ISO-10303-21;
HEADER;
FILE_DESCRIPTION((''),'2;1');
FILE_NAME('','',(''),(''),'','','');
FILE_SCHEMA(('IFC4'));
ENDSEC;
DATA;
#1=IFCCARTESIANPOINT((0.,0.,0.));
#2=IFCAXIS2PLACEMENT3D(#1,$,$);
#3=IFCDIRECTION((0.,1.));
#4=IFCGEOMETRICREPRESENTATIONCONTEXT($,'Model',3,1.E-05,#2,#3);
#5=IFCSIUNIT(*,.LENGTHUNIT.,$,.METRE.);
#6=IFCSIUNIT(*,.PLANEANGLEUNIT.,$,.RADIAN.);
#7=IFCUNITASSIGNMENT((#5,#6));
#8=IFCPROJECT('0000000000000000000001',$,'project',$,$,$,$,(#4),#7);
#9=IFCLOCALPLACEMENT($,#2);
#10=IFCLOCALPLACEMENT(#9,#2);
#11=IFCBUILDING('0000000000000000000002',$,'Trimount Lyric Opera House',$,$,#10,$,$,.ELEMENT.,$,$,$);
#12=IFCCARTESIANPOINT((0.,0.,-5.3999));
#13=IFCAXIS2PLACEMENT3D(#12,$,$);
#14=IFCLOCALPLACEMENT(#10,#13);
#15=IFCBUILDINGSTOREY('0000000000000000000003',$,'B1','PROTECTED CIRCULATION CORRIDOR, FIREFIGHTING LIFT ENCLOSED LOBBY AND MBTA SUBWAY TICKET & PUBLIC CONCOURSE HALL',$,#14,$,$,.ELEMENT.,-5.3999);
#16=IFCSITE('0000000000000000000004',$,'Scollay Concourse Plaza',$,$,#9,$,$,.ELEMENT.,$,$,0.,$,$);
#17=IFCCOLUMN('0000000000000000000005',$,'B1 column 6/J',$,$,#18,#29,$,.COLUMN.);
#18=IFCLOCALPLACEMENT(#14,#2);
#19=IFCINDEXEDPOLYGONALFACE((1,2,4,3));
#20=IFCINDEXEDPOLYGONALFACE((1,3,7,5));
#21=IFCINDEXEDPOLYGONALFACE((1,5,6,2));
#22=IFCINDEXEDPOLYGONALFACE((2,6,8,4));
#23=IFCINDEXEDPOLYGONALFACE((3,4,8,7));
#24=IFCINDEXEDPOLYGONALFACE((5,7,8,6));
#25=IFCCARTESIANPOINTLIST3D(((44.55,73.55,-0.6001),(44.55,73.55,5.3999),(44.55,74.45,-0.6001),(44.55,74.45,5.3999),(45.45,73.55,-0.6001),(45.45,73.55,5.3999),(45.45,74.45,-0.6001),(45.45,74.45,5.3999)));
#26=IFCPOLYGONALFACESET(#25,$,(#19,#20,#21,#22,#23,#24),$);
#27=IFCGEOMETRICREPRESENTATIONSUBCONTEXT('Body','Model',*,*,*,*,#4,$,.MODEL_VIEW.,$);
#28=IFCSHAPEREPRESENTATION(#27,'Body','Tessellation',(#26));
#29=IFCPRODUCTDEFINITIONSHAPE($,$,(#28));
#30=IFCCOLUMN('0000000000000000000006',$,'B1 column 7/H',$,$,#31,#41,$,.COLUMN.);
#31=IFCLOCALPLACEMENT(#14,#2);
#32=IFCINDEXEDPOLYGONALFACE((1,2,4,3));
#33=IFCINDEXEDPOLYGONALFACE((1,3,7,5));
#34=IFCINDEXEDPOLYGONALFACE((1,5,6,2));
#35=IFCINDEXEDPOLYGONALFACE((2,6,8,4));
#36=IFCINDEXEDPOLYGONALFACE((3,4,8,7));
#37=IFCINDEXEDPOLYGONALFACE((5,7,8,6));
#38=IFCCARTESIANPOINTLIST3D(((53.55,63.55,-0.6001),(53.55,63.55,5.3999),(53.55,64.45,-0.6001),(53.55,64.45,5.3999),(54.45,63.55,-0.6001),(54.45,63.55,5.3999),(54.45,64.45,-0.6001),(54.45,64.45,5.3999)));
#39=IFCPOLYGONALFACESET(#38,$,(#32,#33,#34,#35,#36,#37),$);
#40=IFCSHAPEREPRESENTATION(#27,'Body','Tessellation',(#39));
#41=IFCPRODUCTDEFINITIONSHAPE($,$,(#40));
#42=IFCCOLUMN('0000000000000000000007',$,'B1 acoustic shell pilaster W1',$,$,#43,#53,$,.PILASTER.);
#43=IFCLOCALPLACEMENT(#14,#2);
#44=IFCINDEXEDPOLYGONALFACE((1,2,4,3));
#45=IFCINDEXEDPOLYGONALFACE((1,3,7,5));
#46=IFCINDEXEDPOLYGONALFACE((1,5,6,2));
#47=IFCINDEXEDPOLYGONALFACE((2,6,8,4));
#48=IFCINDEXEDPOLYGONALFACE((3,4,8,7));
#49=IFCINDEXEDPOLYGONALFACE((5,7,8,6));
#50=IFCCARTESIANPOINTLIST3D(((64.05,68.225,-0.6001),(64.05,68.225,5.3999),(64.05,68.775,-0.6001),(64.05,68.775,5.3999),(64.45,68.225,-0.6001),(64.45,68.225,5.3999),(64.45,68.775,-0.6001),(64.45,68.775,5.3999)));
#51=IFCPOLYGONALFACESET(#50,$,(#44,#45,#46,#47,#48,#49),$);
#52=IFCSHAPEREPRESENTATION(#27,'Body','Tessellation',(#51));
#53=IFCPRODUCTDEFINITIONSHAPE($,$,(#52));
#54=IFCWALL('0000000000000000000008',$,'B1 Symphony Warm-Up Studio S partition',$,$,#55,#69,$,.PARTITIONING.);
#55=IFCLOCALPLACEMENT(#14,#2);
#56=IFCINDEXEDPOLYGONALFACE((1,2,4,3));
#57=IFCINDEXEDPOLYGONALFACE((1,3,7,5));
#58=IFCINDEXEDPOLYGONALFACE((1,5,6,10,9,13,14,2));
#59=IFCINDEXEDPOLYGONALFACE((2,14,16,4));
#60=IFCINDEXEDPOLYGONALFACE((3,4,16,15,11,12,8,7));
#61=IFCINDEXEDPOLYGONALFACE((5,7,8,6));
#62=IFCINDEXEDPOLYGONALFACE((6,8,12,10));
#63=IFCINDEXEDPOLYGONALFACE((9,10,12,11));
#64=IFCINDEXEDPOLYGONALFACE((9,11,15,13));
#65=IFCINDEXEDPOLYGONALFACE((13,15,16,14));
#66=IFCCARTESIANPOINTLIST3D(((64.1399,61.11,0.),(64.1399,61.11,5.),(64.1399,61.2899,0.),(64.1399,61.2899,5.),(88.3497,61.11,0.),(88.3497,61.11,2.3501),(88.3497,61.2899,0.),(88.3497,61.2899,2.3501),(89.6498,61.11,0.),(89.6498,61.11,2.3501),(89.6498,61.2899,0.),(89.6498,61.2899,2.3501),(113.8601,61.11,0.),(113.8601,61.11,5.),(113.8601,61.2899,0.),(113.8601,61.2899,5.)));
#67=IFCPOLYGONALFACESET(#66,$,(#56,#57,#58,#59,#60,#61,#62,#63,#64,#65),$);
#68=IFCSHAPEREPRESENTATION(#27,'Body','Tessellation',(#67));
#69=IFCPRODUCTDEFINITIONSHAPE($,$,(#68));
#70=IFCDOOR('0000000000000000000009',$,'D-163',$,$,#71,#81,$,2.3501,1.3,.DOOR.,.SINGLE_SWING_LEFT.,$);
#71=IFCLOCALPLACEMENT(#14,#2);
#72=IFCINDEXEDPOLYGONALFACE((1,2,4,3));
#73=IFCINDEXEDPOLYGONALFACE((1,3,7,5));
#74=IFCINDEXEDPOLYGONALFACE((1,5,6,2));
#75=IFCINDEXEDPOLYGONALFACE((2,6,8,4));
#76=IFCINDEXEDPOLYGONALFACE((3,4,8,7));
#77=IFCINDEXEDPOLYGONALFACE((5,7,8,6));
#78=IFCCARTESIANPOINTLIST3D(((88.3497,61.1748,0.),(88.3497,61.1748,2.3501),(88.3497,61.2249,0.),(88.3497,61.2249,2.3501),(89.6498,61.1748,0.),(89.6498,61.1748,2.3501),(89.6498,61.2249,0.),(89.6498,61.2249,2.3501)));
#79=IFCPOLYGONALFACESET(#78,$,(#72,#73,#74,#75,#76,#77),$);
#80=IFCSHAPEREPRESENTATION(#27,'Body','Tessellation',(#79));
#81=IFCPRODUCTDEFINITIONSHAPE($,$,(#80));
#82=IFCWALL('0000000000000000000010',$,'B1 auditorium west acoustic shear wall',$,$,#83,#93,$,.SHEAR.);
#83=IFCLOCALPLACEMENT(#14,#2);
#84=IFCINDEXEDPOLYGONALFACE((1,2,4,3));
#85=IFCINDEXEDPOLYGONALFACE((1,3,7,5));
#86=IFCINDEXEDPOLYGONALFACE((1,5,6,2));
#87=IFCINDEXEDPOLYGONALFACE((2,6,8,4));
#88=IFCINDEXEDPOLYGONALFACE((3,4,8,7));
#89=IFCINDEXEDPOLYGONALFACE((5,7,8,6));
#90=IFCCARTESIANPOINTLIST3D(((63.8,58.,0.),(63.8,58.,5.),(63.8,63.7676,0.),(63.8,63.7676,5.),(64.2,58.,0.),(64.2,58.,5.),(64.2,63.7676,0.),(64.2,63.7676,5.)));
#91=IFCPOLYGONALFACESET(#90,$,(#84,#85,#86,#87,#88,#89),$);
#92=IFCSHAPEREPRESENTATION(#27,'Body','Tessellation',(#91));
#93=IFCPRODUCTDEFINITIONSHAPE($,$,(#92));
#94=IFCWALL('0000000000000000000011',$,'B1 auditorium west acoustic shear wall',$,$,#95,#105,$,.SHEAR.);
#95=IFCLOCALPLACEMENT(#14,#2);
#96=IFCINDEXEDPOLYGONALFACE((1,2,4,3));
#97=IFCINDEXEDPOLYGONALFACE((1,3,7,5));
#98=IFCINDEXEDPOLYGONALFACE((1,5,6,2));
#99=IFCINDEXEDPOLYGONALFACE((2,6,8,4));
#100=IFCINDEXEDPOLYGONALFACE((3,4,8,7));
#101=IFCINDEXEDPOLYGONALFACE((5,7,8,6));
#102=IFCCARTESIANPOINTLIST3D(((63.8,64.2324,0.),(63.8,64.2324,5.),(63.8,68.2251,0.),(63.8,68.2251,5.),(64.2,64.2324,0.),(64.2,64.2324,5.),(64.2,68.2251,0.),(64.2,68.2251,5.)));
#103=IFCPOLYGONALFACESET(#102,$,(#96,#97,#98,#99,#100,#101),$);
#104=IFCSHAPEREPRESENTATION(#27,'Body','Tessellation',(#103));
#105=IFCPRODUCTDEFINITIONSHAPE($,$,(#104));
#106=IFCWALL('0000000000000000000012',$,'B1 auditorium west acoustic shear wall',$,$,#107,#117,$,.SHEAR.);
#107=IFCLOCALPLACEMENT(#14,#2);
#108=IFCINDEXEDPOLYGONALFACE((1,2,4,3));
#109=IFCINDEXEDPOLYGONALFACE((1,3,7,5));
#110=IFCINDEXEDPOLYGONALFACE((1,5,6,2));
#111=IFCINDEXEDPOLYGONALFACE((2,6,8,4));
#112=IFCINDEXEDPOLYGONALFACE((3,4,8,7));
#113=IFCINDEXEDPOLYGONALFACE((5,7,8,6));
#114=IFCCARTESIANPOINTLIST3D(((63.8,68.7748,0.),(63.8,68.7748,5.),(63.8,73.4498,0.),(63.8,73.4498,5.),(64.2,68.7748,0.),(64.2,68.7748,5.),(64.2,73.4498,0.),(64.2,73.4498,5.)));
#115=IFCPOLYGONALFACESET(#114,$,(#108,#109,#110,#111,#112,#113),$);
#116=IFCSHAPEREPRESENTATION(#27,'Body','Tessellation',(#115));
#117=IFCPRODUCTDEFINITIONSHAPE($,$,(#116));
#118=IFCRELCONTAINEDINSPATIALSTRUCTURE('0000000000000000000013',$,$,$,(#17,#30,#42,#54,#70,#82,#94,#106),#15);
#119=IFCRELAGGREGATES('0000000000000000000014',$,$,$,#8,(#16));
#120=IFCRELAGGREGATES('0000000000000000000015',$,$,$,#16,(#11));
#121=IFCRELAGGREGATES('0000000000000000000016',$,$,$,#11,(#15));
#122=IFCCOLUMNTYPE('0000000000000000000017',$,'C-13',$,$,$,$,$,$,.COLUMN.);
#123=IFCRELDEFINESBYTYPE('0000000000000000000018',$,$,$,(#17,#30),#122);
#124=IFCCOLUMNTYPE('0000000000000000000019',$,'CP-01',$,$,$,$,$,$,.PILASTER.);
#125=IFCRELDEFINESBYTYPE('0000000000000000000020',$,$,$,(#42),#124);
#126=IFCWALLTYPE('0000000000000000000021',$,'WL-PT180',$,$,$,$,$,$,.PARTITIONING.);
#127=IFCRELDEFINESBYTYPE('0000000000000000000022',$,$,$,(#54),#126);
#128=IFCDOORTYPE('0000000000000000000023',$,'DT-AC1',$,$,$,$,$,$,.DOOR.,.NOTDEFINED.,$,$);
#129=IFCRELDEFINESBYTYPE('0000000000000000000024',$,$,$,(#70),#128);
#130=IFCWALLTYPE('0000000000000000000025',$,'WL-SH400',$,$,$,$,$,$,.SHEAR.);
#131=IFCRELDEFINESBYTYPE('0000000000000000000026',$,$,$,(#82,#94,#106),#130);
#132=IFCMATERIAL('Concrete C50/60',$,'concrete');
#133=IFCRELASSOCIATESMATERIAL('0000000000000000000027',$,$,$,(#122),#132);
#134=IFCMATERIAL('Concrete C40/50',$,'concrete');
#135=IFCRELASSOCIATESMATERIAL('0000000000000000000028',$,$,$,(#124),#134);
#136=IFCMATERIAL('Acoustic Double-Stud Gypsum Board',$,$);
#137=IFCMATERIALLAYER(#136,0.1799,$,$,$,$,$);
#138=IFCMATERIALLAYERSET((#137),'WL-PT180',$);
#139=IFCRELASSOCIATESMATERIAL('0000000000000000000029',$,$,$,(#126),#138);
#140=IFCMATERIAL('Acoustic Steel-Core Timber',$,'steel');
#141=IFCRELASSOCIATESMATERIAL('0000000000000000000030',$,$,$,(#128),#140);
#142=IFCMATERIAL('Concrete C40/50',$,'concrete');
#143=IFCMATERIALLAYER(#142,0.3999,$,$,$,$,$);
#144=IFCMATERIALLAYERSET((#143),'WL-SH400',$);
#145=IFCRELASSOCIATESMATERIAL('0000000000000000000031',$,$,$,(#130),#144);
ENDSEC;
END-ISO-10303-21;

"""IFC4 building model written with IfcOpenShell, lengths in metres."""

from ifc_helpers import new_model, si_unit, direction, frame, frame_2d, origin, origin_2d, place, context, subcontext, project, spatial, rectangle, extrude, material, layer, layer_set, material_profile, profile_set, type_object, element, fill, save


model = new_model("IFC4")

# Units and contexts
model_context = context("Model", 3, precision=1e-05, world=origin(), true_north=direction((0.0, 1.0)))
body_context = subcontext(model_context, "Body", "Model", "MODEL_VIEW")
ifc_project = project(units=[si_unit("LENGTHUNIT", "METRE"), si_unit("PLANEANGLEUNIT", "RADIAN")], contexts=[model_context])

# Site, building, storey
site_placement = place(None, origin())
site = spatial("IfcSite", under=ifc_project, at=site_placement, Name="Scollay Concourse Plaza", CompositionType="ELEMENT", RefElevation=0.0)
building_placement = place(site_placement, origin())
building = spatial("IfcBuilding", under=site, at=building_placement, Name="Trimount Lyric Opera House", CompositionType="ELEMENT")
storey_placement = place(building_placement, frame((0.0, 0.0, -5.3999)))
storey = spatial("IfcBuildingStorey", under=building, at=storey_placement, Name="B1", Description="PROTECTED CIRCULATION CORRIDOR, FIREFIGHTING LIFT ENCLOSED LOBBY AND MBTA SUBWAY TICKET & PUBLIC CONCOURSE HALL", CompositionType="ELEMENT", Elevation=-5.3999)

# Columns
ifc_material_1 = material(Name="Concrete C50/60", Category="concrete")
ifc_material_profile_1 = material_profile(ifc_material_1, rectangle(XDim=0.8999, YDim=0.8999, at=origin_2d()), Name="RC900X900")
ifc_profile_set_1 = profile_set([ifc_material_profile_1], Name="Concrete C50/60")
column_type_1 = type_object("IfcColumnType", Name="C-13", PredefinedType="COLUMN", material=ifc_profile_set_1)
for number, where, z_axis, x_axis, name in (
    (1, (45.0, 74.0, -0.6001), (0.0, 0.0, 1.0), (1.0, 0.0, 0.0), "B1 column 6/J"),
    (2, (54.0, 64.0, -0.6001), (0.0, 0.0, 1.0), (1.0, 0.0, 0.0), "B1 column 7/H"),
):
    element("IfcColumn", number, at=place(storey_placement, frame(where, z_axis=z_axis, x_axis=x_axis)), inside=storey, type_object=column_type_1, Name=name, PredefinedType="COLUMN", context=body_context, shape_type="SweptSolid", body=[
        extrude(rectangle(XDim=0.8999, YDim=0.8999, at=origin_2d()), origin(), (0.0, 0.0, 1.0), 6.0),
    ])
ifc_material_2 = material(Name="Concrete C40/50", Category="concrete")
ifc_material_profile_2 = material_profile(ifc_material_2, rectangle(XDim=0.3999, YDim=0.55, at=origin_2d()), Name="RC550X400")
ifc_profile_set_2 = profile_set([ifc_material_profile_2], Name="Concrete C40/50")
column_type_2 = type_object("IfcColumnType", Name="CP-01", PredefinedType="PILASTER", material=ifc_profile_set_2)
column_1_placement = place(storey_placement, frame((64.25, 68.5, -0.6001), z_axis=(0.0, 0.0, 1.0), x_axis=(1.0, 0.0, 0.0)))
element("IfcColumn", 3, at=column_1_placement, inside=storey, type_object=column_type_2, Name="B1 acoustic shell pilaster W1", PredefinedType="PILASTER", context=body_context, shape_type="SweptSolid", body=[
    extrude(rectangle(XDim=0.3999, YDim=0.55, at=origin_2d()), origin(), (0.0, 0.0, 1.0), 6.0),
])

# Wall, opening, door
ifc_material_3 = material(Name="Acoustic Double-Stud Gypsum Board")
ifc_layer_1 = layer(ifc_material_3, 0.1799)
ifc_layer_set_1 = layer_set([ifc_layer_1], Name="WL-PT180")
wall_type_1 = type_object("IfcWallType", Name="WL-PT180", PredefinedType="PARTITIONING", material=ifc_layer_set_1)
wall_1_placement = place(storey_placement, frame((64.1399, 61.2, 0.0), z_axis=(0.0, 0.0, 1.0), x_axis=(1.0, 0.0, 0.0)))
wall_1 = element("IfcWall", 4, at=wall_1_placement, inside=storey, type_object=wall_type_1, Name="B1 Symphony Warm-Up Studio S partition", PredefinedType="PARTITIONING", context=body_context, shape_type="SweptSolid", body=[
    extrude(rectangle(XDim=49.7202, YDim=0.1799, at=frame_2d((24.8601, 0.0))), origin(), (0.0, 0.0, 1.0), 5.0),
])
opening_placement = place(wall_1_placement, frame((24.21, 0.0, 0.0)))
opening = element("IfcOpeningElement", 5, at=opening_placement, cuts=wall_1, PredefinedType="OPENING", context=body_context, shape_type="SweptSolid", body=[
    extrude(rectangle(XDim=1.3, YDim=2.3501, at=frame_2d((0.6499, 1.175))), frame((0.0, 0.1001, 0.0), z_axis=(0.0, -1.0, 0.0), x_axis=(1.0, 0.0, 0.0)), (0.0, 0.0, 1.0), 0.2),
])
ifc_material_4 = material(Name="Acoustic Steel-Core Timber", Category="steel")
door_type = type_object("IfcDoorType", Name="DT-AC1", OperationType="NOTDEFINED", PredefinedType="DOOR", material=ifc_material_4)
door_placement = place(opening_placement, origin())
door = element("IfcDoor", 6, at=door_placement, inside=storey, type_object=door_type, Name="D-163", OperationType="SINGLE_SWING_LEFT", OverallHeight=2.3501, OverallWidth=1.3, PredefinedType="DOOR", context=body_context, shape_type="SweptSolid", body=[
    extrude(rectangle(XDim=1.3, YDim=2.3501, at=frame_2d((0.6499, 1.175))), frame((0.0, 0.0249, 0.0), z_axis=(0.0, -1.0, 0.0), x_axis=(1.0, 0.0, 0.0)), (0.0, 0.0, 1.0), 0.05),
])
fill(opening, door)

# Walls
ifc_material_5 = material(Name="Concrete C40/50", Category="concrete")
ifc_layer_2 = layer(ifc_material_5, 0.3999)
ifc_layer_set_2 = layer_set([ifc_layer_2], Name="WL-SH400")
wall_type_2 = type_object("IfcWallType", Name="WL-SH400", PredefinedType="SHEAR", material=ifc_layer_set_2)
wall_2_placement = place(storey_placement, frame((64.0, 58.0, 0.0), z_axis=(0.0, 0.0, 1.0), x_axis=(0.0, 1.0, 0.0)))
element("IfcWall", 7, at=wall_2_placement, inside=storey, type_object=wall_type_2, Name="B1 auditorium west acoustic shear wall", PredefinedType="SHEAR", context=body_context, shape_type="SweptSolid", body=[
    extrude(rectangle(XDim=5.7676, YDim=0.3999, at=frame_2d((2.8838, 0.0))), origin(), (0.0, 0.0, 1.0), 5.0),
])
wall_3_placement = place(storey_placement, frame((64.0, 64.2324, 0.0), z_axis=(0.0, 0.0, 1.0), x_axis=(0.0, 1.0, 0.0)))
element("IfcWall", 8, at=wall_3_placement, inside=storey, type_object=wall_type_2, Name="B1 auditorium west acoustic shear wall", PredefinedType="SHEAR", context=body_context, shape_type="SweptSolid", body=[
    extrude(rectangle(XDim=3.9927, YDim=0.3999, at=frame_2d((1.9963, 0.0))), origin(), (0.0, 0.0, 1.0), 5.0),
])
wall_4_placement = place(storey_placement, frame((64.0, 68.7749, 0.0), z_axis=(0.0, 0.0, 1.0), x_axis=(0.0, 1.0, 0.0)))
element("IfcWall", 9, at=wall_4_placement, inside=storey, type_object=wall_type_2, Name="B1 auditorium west acoustic shear wall", PredefinedType="SHEAR", context=body_context, shape_type="SweptSolid", body=[
    extrude(rectangle(XDim=4.675, YDim=0.3999, at=frame_2d((2.3374, 0.0))), origin(), (0.0, 0.0, 1.0), 5.0),
])

save(model, "model.ifc")
